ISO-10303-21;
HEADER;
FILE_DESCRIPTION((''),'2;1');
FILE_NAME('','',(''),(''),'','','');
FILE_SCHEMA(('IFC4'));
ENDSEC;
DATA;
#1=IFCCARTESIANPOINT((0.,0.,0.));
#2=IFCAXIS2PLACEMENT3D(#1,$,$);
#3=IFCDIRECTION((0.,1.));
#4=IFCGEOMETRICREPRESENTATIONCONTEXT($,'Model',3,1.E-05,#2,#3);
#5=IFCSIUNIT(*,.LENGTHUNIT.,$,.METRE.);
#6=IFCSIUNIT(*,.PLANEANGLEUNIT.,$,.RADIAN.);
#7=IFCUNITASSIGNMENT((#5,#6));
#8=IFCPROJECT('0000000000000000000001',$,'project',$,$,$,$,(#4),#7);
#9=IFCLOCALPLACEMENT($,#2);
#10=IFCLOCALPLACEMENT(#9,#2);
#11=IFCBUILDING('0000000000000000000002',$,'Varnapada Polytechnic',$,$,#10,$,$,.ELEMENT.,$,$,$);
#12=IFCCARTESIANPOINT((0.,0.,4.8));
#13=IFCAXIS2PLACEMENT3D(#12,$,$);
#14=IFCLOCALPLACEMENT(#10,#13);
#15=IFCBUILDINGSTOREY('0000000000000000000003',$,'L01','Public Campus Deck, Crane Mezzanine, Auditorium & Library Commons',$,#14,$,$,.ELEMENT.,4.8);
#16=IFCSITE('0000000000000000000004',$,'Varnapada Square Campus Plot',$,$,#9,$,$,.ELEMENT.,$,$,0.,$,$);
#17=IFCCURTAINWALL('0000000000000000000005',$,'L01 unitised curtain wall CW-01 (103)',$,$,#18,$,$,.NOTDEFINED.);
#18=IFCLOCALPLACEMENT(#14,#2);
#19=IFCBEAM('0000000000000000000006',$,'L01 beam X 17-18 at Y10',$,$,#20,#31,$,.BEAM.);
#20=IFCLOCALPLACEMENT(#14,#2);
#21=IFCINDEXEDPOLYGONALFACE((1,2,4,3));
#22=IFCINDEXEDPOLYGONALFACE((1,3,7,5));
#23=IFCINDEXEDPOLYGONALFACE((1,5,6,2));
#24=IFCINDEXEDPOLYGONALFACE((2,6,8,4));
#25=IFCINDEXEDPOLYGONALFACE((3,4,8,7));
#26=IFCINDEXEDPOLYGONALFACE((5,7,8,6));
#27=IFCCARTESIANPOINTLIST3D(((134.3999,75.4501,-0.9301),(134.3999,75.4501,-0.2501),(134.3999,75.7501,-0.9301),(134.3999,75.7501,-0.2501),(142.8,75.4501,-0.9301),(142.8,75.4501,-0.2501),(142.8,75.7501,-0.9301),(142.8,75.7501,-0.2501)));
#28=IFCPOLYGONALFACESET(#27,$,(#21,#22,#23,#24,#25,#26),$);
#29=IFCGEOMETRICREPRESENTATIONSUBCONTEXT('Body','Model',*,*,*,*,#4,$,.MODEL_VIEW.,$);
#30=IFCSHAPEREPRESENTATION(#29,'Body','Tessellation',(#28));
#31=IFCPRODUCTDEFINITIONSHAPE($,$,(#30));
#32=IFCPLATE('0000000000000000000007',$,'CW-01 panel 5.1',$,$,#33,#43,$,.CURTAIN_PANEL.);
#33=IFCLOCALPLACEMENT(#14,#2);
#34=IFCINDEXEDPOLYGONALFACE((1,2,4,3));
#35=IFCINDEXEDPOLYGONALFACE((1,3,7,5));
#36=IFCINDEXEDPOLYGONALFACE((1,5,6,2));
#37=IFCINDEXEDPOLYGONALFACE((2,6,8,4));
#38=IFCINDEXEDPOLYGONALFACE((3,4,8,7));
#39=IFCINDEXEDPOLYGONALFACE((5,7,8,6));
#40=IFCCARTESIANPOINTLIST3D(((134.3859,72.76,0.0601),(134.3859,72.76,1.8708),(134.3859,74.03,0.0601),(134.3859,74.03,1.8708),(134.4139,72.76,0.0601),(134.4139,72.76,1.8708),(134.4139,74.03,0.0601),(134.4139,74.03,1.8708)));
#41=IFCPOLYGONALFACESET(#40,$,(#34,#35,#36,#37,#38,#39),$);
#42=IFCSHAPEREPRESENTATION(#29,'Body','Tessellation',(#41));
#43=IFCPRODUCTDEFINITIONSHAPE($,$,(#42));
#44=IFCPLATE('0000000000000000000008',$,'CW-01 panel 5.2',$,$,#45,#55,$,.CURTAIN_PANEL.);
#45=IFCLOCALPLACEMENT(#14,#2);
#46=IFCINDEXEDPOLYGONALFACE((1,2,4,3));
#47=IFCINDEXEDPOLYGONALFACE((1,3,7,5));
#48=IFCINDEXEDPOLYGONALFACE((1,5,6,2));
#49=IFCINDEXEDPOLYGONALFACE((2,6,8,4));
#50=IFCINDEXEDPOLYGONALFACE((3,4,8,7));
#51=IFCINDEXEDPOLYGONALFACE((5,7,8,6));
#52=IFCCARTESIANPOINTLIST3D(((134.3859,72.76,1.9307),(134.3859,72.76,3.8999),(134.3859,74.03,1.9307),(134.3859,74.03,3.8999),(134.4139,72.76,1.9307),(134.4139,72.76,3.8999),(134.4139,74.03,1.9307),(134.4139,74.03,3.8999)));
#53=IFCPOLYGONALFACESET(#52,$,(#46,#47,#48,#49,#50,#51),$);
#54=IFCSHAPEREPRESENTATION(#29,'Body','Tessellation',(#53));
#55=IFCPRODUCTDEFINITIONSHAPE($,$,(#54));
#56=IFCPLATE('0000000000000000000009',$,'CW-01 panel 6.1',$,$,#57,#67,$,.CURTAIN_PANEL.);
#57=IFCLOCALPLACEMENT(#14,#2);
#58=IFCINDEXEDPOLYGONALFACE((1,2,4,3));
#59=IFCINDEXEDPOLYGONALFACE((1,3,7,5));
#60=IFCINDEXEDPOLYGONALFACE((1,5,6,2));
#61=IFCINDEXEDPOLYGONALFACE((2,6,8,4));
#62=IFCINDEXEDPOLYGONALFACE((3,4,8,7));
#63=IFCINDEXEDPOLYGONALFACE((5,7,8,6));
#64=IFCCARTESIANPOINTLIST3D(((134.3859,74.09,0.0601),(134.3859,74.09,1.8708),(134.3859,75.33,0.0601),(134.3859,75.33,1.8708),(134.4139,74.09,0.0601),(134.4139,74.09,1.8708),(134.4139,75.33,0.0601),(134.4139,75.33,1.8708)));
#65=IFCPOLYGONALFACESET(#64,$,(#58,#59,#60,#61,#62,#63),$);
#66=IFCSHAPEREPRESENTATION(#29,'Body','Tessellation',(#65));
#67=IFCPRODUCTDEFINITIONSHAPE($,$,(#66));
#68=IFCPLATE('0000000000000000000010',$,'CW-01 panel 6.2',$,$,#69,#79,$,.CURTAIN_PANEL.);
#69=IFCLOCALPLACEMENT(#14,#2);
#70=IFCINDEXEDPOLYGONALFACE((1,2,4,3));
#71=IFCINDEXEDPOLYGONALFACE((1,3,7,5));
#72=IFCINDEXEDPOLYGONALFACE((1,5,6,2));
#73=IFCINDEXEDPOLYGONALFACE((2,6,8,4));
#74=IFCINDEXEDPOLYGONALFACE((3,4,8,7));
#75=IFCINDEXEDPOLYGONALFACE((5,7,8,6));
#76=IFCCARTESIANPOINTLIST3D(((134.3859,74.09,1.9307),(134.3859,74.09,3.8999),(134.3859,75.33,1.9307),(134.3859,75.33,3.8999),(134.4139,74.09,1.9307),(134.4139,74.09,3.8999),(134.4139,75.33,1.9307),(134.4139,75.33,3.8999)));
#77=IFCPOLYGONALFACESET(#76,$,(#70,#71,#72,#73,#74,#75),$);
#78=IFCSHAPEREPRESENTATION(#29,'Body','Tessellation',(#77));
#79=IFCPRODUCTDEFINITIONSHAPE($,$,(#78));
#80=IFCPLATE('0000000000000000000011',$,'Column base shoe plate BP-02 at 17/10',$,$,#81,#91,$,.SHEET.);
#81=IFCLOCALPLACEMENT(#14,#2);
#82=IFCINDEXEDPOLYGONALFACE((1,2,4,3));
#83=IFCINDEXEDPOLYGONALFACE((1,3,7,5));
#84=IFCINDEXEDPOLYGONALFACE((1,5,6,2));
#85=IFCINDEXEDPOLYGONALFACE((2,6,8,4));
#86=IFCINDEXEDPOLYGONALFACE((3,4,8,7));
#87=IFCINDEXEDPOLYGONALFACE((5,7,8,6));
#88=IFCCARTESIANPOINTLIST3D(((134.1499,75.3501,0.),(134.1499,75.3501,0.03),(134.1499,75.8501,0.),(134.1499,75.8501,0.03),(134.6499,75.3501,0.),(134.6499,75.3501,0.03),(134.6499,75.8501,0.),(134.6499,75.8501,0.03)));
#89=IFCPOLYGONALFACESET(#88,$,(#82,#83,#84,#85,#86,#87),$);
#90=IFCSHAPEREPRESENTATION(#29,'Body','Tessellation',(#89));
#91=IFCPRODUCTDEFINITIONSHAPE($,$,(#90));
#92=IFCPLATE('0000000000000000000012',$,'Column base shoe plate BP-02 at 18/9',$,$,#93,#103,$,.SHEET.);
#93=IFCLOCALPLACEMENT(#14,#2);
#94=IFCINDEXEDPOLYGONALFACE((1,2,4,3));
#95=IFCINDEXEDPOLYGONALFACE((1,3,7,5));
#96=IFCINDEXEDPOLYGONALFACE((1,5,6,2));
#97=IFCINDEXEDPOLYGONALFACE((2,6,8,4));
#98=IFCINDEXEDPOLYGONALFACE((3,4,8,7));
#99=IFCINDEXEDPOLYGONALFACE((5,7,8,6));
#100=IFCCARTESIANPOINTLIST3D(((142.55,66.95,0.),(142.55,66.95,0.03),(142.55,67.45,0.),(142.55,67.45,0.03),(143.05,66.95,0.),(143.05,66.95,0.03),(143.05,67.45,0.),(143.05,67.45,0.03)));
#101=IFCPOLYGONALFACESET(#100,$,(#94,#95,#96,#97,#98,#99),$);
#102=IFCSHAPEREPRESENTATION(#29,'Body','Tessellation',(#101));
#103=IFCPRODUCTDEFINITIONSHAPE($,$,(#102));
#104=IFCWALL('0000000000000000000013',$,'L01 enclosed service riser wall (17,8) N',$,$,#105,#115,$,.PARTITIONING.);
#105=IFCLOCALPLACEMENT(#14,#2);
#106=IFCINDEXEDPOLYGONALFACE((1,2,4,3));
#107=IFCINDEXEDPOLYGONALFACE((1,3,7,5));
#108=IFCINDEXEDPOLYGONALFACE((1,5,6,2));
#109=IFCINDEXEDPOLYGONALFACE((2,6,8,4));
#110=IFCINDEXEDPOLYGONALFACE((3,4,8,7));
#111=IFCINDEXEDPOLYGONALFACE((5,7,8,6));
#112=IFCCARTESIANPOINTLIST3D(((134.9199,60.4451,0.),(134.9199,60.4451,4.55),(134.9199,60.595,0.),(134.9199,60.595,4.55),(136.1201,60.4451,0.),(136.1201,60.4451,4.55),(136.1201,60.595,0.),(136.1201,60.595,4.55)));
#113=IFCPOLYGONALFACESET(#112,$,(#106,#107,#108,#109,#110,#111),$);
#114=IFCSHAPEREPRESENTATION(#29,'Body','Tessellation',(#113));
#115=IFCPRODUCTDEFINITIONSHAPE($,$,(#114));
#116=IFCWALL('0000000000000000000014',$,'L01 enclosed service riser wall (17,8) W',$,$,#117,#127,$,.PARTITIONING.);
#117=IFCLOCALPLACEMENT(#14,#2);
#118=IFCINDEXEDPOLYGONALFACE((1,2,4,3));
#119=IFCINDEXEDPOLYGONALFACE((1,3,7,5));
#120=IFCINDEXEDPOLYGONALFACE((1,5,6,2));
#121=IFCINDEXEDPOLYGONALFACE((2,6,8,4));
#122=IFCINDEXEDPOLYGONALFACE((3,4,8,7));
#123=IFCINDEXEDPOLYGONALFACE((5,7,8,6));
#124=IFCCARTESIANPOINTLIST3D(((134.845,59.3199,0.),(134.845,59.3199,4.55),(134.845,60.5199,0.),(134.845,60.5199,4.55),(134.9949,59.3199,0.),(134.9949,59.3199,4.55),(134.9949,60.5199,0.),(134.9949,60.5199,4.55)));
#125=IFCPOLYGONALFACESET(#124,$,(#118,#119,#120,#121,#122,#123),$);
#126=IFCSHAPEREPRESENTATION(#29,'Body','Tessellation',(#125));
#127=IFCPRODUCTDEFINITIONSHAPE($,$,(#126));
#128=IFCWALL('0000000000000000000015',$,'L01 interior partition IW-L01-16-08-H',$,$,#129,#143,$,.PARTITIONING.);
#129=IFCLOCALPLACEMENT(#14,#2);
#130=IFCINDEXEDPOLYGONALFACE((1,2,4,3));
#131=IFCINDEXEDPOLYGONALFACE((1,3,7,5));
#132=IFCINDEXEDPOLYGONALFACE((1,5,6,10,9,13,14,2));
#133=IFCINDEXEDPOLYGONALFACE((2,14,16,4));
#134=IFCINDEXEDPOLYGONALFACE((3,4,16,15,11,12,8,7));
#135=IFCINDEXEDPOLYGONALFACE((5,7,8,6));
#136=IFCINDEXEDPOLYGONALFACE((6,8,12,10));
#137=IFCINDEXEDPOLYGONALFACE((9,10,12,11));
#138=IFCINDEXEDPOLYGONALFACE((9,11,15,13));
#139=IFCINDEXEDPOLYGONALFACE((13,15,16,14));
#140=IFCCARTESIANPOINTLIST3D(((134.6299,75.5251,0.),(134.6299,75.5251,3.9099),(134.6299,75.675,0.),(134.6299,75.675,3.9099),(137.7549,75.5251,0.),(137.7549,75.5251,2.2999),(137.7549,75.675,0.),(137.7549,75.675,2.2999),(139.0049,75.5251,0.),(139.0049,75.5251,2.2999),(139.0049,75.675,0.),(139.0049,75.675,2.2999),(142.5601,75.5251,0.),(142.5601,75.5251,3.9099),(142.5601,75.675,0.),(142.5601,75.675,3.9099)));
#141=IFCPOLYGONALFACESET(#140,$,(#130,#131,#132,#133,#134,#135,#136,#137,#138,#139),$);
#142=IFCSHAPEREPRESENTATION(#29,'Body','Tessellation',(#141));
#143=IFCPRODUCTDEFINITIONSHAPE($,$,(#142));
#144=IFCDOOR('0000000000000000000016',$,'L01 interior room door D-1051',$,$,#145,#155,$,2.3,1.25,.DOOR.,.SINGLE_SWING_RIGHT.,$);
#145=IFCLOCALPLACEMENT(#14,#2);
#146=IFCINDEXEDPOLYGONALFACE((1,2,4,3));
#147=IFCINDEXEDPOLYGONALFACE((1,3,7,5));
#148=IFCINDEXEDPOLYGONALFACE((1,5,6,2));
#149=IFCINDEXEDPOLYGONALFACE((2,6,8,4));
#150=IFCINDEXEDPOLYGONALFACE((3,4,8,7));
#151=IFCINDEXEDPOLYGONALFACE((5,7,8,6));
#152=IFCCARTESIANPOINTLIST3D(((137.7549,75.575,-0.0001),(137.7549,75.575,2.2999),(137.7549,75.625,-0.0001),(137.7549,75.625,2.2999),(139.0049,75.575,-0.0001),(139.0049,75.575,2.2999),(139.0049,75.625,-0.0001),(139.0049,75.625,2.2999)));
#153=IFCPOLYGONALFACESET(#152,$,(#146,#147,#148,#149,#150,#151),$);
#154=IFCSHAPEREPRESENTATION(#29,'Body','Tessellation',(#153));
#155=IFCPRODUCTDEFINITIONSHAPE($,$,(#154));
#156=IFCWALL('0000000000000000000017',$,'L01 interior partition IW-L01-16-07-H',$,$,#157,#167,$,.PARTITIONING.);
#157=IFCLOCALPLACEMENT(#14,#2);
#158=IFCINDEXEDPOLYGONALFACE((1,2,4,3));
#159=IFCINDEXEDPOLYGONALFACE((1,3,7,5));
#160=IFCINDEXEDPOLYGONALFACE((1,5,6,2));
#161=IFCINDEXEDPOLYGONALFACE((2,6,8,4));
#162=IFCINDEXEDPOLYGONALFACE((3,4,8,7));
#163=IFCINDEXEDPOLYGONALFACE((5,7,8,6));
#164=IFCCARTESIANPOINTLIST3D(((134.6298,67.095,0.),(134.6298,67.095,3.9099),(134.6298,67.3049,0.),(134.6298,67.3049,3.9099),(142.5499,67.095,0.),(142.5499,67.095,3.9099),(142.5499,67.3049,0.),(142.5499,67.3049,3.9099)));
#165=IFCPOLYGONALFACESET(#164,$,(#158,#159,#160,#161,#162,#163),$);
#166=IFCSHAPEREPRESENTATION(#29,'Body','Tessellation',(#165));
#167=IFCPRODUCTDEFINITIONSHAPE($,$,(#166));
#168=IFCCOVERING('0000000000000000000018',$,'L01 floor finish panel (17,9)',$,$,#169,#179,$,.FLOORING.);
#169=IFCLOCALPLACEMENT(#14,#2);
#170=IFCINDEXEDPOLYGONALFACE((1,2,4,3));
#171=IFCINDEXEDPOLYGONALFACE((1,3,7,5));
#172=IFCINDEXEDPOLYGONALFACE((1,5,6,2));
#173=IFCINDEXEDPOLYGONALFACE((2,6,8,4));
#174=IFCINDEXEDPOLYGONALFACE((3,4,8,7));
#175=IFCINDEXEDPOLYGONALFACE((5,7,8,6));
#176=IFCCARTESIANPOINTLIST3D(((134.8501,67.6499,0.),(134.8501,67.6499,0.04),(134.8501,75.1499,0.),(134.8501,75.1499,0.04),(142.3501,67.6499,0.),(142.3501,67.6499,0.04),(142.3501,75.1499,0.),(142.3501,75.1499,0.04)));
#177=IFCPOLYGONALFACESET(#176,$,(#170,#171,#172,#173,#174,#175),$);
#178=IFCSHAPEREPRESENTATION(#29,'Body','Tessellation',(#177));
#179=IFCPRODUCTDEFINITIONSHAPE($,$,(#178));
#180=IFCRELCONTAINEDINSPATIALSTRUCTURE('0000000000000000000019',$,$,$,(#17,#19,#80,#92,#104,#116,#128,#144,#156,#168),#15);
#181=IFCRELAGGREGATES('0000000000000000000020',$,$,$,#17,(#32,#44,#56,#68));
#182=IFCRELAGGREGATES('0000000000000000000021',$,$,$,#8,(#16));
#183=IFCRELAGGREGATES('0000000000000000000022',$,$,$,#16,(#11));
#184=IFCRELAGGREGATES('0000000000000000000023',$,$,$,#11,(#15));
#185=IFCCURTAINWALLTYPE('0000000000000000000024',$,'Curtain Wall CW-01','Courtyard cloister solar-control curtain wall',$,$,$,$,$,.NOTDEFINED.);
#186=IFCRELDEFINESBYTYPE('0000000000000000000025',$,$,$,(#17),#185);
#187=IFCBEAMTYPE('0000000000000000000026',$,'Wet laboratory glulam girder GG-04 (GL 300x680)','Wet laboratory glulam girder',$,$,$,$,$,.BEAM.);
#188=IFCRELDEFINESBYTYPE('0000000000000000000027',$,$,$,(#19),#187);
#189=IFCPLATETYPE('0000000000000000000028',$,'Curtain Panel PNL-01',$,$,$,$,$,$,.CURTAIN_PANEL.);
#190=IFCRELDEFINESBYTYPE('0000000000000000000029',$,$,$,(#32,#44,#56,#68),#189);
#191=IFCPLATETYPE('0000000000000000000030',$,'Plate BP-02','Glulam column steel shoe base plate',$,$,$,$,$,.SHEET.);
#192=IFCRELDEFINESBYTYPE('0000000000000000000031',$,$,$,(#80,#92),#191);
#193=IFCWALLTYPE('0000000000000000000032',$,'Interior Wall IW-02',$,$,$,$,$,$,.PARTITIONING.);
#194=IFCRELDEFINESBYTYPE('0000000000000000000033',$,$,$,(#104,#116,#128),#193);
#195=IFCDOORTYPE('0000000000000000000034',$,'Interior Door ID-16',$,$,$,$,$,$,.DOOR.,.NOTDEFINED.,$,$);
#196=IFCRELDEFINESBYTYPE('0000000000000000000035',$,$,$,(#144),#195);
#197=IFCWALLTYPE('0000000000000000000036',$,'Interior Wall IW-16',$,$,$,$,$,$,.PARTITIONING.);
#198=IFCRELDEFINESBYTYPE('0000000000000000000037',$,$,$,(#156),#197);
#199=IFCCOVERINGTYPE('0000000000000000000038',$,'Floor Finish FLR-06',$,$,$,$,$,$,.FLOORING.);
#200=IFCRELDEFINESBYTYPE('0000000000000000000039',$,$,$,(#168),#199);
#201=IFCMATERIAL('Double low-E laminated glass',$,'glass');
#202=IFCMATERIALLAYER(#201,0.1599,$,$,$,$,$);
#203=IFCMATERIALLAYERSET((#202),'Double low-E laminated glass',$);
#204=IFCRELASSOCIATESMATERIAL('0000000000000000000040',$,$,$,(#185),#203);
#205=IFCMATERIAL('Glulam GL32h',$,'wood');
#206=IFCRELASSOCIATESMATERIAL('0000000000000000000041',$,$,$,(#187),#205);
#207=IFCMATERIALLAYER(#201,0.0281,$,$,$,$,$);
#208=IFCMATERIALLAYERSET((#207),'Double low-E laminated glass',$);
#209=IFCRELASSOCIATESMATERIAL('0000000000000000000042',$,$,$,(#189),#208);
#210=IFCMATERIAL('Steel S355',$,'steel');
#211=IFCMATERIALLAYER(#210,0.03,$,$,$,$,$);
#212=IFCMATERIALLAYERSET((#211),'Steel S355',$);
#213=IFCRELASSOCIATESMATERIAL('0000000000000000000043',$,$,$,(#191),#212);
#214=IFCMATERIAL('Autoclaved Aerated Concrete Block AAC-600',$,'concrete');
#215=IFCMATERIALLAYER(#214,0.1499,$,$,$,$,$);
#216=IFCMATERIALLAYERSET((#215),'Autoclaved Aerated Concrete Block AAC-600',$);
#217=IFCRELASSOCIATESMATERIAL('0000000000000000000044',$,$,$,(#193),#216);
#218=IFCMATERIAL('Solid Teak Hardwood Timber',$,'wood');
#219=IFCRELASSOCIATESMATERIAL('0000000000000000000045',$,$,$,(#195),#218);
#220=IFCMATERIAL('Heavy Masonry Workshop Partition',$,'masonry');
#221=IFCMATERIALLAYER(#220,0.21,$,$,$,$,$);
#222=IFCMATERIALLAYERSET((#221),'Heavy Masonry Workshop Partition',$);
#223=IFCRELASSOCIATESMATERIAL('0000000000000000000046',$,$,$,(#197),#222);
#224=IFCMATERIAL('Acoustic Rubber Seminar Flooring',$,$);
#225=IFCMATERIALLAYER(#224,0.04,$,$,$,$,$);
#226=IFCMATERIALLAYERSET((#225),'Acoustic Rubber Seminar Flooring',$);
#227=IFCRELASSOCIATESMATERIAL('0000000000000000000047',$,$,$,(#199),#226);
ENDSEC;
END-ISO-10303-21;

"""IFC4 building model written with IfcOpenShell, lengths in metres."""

from ifc_helpers import new_model, si_unit, direction, frame, frame_2d, origin, origin_2d, place, context, subcontext, project, spatial, rectangle, extrude, material, layer, layer_set, material_profile, profile_set, type_object, element, fill, aggregate, save


model = new_model("IFC4")

# Units and contexts
model_context = context("Model", 3, precision=1e-05, world=origin(), true_north=direction((0.0, 1.0)))
body_context = subcontext(model_context, "Body", "Model", "MODEL_VIEW")
ifc_project = project(units=[si_unit("LENGTHUNIT", "METRE"), si_unit("PLANEANGLEUNIT", "RADIAN")], contexts=[model_context])

# Site, building, storey
site_placement = place(None, origin())
site = spatial("IfcSite", under=ifc_project, at=site_placement, Name="Varnapada Square Campus Plot", CompositionType="ELEMENT", RefElevation=0.0)
building_placement = place(site_placement, origin())
building = spatial("IfcBuilding", under=site, at=building_placement, Name="Varnapada Polytechnic", CompositionType="ELEMENT")
storey_placement = place(building_placement, frame((0.0, 0.0, 4.8)))
storey = spatial("IfcBuildingStorey", under=building, at=storey_placement, Name="L01", Description="Public Campus Deck, Crane Mezzanine, Auditorium & Library Commons", CompositionType="ELEMENT", Elevation=4.8)

# Shared definitions
ifc_material_1 = material(Name="Glulam GL32h", Category="wood")

# Curtain wall
ifc_material_2 = material(Name="Double low-E laminated glass", Category="glass")
ifc_layer_1 = layer(ifc_material_2, 0.1599)
ifc_layer_set_1 = layer_set([ifc_layer_1], Name="Double low-E laminated glass")
curtain_wall_type = type_object("IfcCurtainWallType", Name="Curtain Wall CW-01", Description="Courtyard cloister solar-control curtain wall", PredefinedType="NOTDEFINED", material=ifc_layer_set_1)
curtain_wall_placement = place(storey_placement, origin())
curtain_wall = element("IfcCurtainWall", 1, at=curtain_wall_placement, inside=storey, type_object=curtain_wall_type, Name="L01 unitised curtain wall CW-01 (103)", PredefinedType="NOTDEFINED")

# Beam
ifc_material_profile_1 = material_profile(ifc_material_1, rectangle(XDim=0.3, YDim=0.6799, at=origin_2d()), Name="GL 300x680")
ifc_profile_set_1 = profile_set([ifc_material_profile_1], Name="Glulam GL32h")
beam_type_1 = type_object("IfcBeamType", Name="Wet laboratory glulam girder GG-04 (GL 300x680)", Description="Wet laboratory glulam girder", PredefinedType="BEAM", material=ifc_profile_set_1)
beam_1_placement = place(storey_placement, frame((134.3999, 75.6001, -0.5901), z_axis=(1.0, 0.0, 0.0), x_axis=(0.0, 1.0, 0.0)))
element("IfcBeam", 2, at=beam_1_placement, inside=storey, type_object=beam_type_1, Name="L01 beam X 17-18 at Y10", PredefinedType="BEAM", context=body_context, shape_type="SweptSolid", body=[
    extrude(rectangle(XDim=0.3, YDim=0.6799, at=origin_2d()), origin(), (0.0, 0.0, 1.0), 8.4001),
])

# Plates
ifc_layer_2 = layer(ifc_material_2, 0.0281)
ifc_layer_set_2 = layer_set([ifc_layer_2], Name="Double low-E laminated glass")
plate_type_1 = type_object("IfcPlateType", Name="Curtain Panel PNL-01", PredefinedType="CURTAIN_PANEL", material=ifc_layer_set_2)
plate_1_placement = place(storey_placement, frame((134.3999, 73.395, 0.0601), z_axis=(0.0, 0.0, 1.0), x_axis=(0.0, 1.0, 0.0)))
plate_1 = element("IfcPlate", 3, at=plate_1_placement, type_object=plate_type_1, Name="CW-01 panel 5.1", PredefinedType="CURTAIN_PANEL", context=body_context, shape_type="SweptSolid", body=[
    extrude(rectangle(XDim=1.27, YDim=0.0281, at=origin_2d()), origin(), (0.0, 0.0, 1.0), 1.8108),
])
plate_2_placement = place(storey_placement, frame((134.3999, 73.395, 1.9307), z_axis=(0.0, 0.0, 1.0), x_axis=(0.0, 1.0, 0.0)))
plate_2 = element("IfcPlate", 4, at=plate_2_placement, type_object=plate_type_1, Name="CW-01 panel 5.2", PredefinedType="CURTAIN_PANEL", context=body_context, shape_type="SweptSolid", body=[
    extrude(rectangle(XDim=1.27, YDim=0.0281, at=origin_2d()), origin(), (0.0, 0.0, 1.0), 1.9692),
])
plate_3_placement = place(storey_placement, frame((134.3999, 74.71, 0.0601), z_axis=(0.0, 0.0, 1.0), x_axis=(0.0, 1.0, 0.0)))
plate_3 = element("IfcPlate", 5, at=plate_3_placement, type_object=plate_type_1, Name="CW-01 panel 6.1", PredefinedType="CURTAIN_PANEL", context=body_context, shape_type="SweptSolid", body=[
    extrude(rectangle(XDim=1.24, YDim=0.0281, at=origin_2d()), origin(), (0.0, 0.0, 1.0), 1.8108),
])
plate_4_placement = place(storey_placement, frame((134.3999, 74.71, 1.9307), z_axis=(0.0, 0.0, 1.0), x_axis=(0.0, 1.0, 0.0)))
plate_4 = element("IfcPlate", 6, at=plate_4_placement, type_object=plate_type_1, Name="CW-01 panel 6.2", PredefinedType="CURTAIN_PANEL", context=body_context, shape_type="SweptSolid", body=[
    extrude(rectangle(XDim=1.24, YDim=0.0281, at=origin_2d()), origin(), (0.0, 0.0, 1.0), 1.9692),
])
aggregate(curtain_wall, [plate_1, plate_2, plate_3, plate_4])

# Plates
ifc_material_3 = material(Name="Steel S355", Category="steel")
ifc_layer_3 = layer(ifc_material_3, 0.03)
ifc_layer_set_3 = layer_set([ifc_layer_3], Name="Steel S355")
plate_type_2 = type_object("IfcPlateType", Name="Plate BP-02", Description="Glulam column steel shoe base plate", PredefinedType="SHEET", material=ifc_layer_set_3)
for number, where, z_axis, x_axis, name in (
    (7, (134.3999, 75.6001, 0.0), (0.0, 0.0, 1.0), (1.0, 0.0, 0.0), "Column base shoe plate BP-02 at 17/10"),
    (8, (142.8, 67.2, 0.0), (0.0, 0.0, 1.0), (1.0, 0.0, 0.0), "Column base shoe plate BP-02 at 18/9"),
):
    element("IfcPlate", number, at=place(storey_placement, frame(where, z_axis=z_axis, x_axis=x_axis)), inside=storey, type_object=plate_type_2, Name=name, PredefinedType="SHEET", context=body_context, shape_type="SweptSolid", body=[
        extrude(rectangle(XDim=0.5, YDim=0.5, at=origin_2d()), origin(), (0.0, 0.0, 1.0), 0.03),
    ])

# Walls
ifc_material_4 = material(Name="Autoclaved Aerated Concrete Block AAC-600", Category="concrete")
ifc_layer_4 = layer(ifc_material_4, 0.1499)
ifc_layer_set_4 = layer_set([ifc_layer_4], Name="Autoclaved Aerated Concrete Block AAC-600")
wall_type_1 = type_object("IfcWallType", Name="Interior Wall IW-02", PredefinedType="PARTITIONING", material=ifc_layer_set_4)
wall_1_placement = place(storey_placement, frame((136.1201, 60.52, 0.0), z_axis=(0.0, 0.0, 1.0), x_axis=(-1.0, 0.0, 0.0)))
element("IfcWall", 9, at=wall_1_placement, inside=storey, type_object=wall_type_1, Name="L01 enclosed service riser wall (17,8) N", PredefinedType="PARTITIONING", context=body_context, shape_type="SweptSolid", body=[
    extrude(rectangle(XDim=1.2002, YDim=0.1499, at=frame_2d((0.6001, 0.0))), origin(), (0.0, 0.0, 1.0), 4.55),
])
wall_2_placement = place(storey_placement, frame((134.9199, 60.52, 0.0), z_axis=(0.0, 0.0, 1.0), x_axis=(0.0, -1.0, 0.0)))
element("IfcWall", 10, at=wall_2_placement, inside=storey, type_object=wall_type_1, Name="L01 enclosed service riser wall (17,8) W", PredefinedType="PARTITIONING", context=body_context, shape_type="SweptSolid", body=[
    extrude(rectangle(XDim=1.2, YDim=0.1499, at=frame_2d((0.6001, 0.0))), origin(), (0.0, 0.0, 1.0), 4.55),
])

# Wall, opening, door
wall_3_placement = place(storey_placement, frame((134.6299, 75.6001, 0.0), z_axis=(0.0, 0.0, 1.0), x_axis=(1.0, 0.0, 0.0)))
wall_3 = element("IfcWall", 11, at=wall_3_placement, inside=storey, type_object=wall_type_1, Name="L01 interior partition IW-L01-16-08-H", PredefinedType="PARTITIONING", context=body_context, shape_type="SweptSolid", body=[
    extrude(rectangle(XDim=7.9302, YDim=0.1499, at=frame_2d((3.9651, 0.0))), origin(), (0.0, 0.0, 1.0), 3.9099),
])
opening_placement = place(wall_3_placement, frame((3.125, 0.0, 0.0)))
opening = element("IfcOpeningElement", 12, at=opening_placement, cuts=wall_3, PredefinedType="OPENING", context=body_context, shape_type="SweptSolid", body=[
    extrude(rectangle(XDim=1.25, YDim=2.3, at=frame_2d((0.625, 1.1499))), frame((0.0, 0.085, 0.0), z_axis=(0.0, -1.0, 0.0), x_axis=(1.0, 0.0, 0.0)), (0.0, 0.0, 1.0), 0.1699),
])
ifc_material_5 = material(Name="Solid Teak Hardwood Timber", Category="wood")
door_type = type_object("IfcDoorType", Name="Interior Door ID-16", OperationType="NOTDEFINED", PredefinedType="DOOR", material=ifc_material_5)
door_placement = place(opening_placement, origin())
door = element("IfcDoor", 13, at=door_placement, inside=storey, type_object=door_type, Name="L01 interior room door D-1051", OperationType="SINGLE_SWING_RIGHT", OverallHeight=2.3, OverallWidth=1.25, PredefinedType="DOOR", context=body_context, shape_type="SweptSolid", body=[
    extrude(rectangle(XDim=1.25, YDim=2.3, at=frame_2d((0.625, 1.1499))), frame((0.0, 0.0249, 0.0), z_axis=(0.0, -1.0, 0.0), x_axis=(1.0, 0.0, 0.0)), (0.0, 0.0, 1.0), 0.05),
])
fill(opening, door)

# Wall
ifc_material_6 = material(Name="Heavy Masonry Workshop Partition", Category="masonry")
ifc_layer_5 = layer(ifc_material_6, 0.21)
ifc_layer_set_5 = layer_set([ifc_layer_5], Name="Heavy Masonry Workshop Partition")
wall_type_2 = type_object("IfcWallType", Name="Interior Wall IW-16", PredefinedType="PARTITIONING", material=ifc_layer_set_5)
wall_4_placement = place(storey_placement, frame((134.6299, 67.2, 0.0), z_axis=(0.0, 0.0, 1.0), x_axis=(1.0, 0.0, 0.0)))
element("IfcWall", 14, at=wall_4_placement, inside=storey, type_object=wall_type_2, Name="L01 interior partition IW-L01-16-07-H", PredefinedType="PARTITIONING", context=body_context, shape_type="SweptSolid", body=[
    extrude(rectangle(XDim=7.9202, YDim=0.21, at=frame_2d((3.96, 0.0))), origin(), (0.0, 0.0, 1.0), 3.9099),
])

# Covering
ifc_material_7 = material(Name="Acoustic Rubber Seminar Flooring")
ifc_layer_6 = layer(ifc_material_7, 0.04)
ifc_layer_set_6 = layer_set([ifc_layer_6], Name="Acoustic Rubber Seminar Flooring")
covering_type_1 = type_object("IfcCoveringType", Name="Floor Finish FLR-06", PredefinedType="FLOORING", material=ifc_layer_set_6)
covering_1_placement = place(storey_placement, frame((138.6001, 71.3999, 0.0), z_axis=(0.0, 0.0, 1.0), x_axis=(1.0, 0.0, 0.0)))
element("IfcCovering", 15, at=covering_1_placement, inside=storey, type_object=covering_type_1, Name="L01 floor finish panel (17,9)", PredefinedType="FLOORING", context=body_context, shape_type="SweptSolid", body=[
    extrude(rectangle(XDim=7.5, YDim=7.5, at=origin_2d()), origin(), (0.0, 0.0, 1.0), 0.04),
])

save(model, "model.ifc")
